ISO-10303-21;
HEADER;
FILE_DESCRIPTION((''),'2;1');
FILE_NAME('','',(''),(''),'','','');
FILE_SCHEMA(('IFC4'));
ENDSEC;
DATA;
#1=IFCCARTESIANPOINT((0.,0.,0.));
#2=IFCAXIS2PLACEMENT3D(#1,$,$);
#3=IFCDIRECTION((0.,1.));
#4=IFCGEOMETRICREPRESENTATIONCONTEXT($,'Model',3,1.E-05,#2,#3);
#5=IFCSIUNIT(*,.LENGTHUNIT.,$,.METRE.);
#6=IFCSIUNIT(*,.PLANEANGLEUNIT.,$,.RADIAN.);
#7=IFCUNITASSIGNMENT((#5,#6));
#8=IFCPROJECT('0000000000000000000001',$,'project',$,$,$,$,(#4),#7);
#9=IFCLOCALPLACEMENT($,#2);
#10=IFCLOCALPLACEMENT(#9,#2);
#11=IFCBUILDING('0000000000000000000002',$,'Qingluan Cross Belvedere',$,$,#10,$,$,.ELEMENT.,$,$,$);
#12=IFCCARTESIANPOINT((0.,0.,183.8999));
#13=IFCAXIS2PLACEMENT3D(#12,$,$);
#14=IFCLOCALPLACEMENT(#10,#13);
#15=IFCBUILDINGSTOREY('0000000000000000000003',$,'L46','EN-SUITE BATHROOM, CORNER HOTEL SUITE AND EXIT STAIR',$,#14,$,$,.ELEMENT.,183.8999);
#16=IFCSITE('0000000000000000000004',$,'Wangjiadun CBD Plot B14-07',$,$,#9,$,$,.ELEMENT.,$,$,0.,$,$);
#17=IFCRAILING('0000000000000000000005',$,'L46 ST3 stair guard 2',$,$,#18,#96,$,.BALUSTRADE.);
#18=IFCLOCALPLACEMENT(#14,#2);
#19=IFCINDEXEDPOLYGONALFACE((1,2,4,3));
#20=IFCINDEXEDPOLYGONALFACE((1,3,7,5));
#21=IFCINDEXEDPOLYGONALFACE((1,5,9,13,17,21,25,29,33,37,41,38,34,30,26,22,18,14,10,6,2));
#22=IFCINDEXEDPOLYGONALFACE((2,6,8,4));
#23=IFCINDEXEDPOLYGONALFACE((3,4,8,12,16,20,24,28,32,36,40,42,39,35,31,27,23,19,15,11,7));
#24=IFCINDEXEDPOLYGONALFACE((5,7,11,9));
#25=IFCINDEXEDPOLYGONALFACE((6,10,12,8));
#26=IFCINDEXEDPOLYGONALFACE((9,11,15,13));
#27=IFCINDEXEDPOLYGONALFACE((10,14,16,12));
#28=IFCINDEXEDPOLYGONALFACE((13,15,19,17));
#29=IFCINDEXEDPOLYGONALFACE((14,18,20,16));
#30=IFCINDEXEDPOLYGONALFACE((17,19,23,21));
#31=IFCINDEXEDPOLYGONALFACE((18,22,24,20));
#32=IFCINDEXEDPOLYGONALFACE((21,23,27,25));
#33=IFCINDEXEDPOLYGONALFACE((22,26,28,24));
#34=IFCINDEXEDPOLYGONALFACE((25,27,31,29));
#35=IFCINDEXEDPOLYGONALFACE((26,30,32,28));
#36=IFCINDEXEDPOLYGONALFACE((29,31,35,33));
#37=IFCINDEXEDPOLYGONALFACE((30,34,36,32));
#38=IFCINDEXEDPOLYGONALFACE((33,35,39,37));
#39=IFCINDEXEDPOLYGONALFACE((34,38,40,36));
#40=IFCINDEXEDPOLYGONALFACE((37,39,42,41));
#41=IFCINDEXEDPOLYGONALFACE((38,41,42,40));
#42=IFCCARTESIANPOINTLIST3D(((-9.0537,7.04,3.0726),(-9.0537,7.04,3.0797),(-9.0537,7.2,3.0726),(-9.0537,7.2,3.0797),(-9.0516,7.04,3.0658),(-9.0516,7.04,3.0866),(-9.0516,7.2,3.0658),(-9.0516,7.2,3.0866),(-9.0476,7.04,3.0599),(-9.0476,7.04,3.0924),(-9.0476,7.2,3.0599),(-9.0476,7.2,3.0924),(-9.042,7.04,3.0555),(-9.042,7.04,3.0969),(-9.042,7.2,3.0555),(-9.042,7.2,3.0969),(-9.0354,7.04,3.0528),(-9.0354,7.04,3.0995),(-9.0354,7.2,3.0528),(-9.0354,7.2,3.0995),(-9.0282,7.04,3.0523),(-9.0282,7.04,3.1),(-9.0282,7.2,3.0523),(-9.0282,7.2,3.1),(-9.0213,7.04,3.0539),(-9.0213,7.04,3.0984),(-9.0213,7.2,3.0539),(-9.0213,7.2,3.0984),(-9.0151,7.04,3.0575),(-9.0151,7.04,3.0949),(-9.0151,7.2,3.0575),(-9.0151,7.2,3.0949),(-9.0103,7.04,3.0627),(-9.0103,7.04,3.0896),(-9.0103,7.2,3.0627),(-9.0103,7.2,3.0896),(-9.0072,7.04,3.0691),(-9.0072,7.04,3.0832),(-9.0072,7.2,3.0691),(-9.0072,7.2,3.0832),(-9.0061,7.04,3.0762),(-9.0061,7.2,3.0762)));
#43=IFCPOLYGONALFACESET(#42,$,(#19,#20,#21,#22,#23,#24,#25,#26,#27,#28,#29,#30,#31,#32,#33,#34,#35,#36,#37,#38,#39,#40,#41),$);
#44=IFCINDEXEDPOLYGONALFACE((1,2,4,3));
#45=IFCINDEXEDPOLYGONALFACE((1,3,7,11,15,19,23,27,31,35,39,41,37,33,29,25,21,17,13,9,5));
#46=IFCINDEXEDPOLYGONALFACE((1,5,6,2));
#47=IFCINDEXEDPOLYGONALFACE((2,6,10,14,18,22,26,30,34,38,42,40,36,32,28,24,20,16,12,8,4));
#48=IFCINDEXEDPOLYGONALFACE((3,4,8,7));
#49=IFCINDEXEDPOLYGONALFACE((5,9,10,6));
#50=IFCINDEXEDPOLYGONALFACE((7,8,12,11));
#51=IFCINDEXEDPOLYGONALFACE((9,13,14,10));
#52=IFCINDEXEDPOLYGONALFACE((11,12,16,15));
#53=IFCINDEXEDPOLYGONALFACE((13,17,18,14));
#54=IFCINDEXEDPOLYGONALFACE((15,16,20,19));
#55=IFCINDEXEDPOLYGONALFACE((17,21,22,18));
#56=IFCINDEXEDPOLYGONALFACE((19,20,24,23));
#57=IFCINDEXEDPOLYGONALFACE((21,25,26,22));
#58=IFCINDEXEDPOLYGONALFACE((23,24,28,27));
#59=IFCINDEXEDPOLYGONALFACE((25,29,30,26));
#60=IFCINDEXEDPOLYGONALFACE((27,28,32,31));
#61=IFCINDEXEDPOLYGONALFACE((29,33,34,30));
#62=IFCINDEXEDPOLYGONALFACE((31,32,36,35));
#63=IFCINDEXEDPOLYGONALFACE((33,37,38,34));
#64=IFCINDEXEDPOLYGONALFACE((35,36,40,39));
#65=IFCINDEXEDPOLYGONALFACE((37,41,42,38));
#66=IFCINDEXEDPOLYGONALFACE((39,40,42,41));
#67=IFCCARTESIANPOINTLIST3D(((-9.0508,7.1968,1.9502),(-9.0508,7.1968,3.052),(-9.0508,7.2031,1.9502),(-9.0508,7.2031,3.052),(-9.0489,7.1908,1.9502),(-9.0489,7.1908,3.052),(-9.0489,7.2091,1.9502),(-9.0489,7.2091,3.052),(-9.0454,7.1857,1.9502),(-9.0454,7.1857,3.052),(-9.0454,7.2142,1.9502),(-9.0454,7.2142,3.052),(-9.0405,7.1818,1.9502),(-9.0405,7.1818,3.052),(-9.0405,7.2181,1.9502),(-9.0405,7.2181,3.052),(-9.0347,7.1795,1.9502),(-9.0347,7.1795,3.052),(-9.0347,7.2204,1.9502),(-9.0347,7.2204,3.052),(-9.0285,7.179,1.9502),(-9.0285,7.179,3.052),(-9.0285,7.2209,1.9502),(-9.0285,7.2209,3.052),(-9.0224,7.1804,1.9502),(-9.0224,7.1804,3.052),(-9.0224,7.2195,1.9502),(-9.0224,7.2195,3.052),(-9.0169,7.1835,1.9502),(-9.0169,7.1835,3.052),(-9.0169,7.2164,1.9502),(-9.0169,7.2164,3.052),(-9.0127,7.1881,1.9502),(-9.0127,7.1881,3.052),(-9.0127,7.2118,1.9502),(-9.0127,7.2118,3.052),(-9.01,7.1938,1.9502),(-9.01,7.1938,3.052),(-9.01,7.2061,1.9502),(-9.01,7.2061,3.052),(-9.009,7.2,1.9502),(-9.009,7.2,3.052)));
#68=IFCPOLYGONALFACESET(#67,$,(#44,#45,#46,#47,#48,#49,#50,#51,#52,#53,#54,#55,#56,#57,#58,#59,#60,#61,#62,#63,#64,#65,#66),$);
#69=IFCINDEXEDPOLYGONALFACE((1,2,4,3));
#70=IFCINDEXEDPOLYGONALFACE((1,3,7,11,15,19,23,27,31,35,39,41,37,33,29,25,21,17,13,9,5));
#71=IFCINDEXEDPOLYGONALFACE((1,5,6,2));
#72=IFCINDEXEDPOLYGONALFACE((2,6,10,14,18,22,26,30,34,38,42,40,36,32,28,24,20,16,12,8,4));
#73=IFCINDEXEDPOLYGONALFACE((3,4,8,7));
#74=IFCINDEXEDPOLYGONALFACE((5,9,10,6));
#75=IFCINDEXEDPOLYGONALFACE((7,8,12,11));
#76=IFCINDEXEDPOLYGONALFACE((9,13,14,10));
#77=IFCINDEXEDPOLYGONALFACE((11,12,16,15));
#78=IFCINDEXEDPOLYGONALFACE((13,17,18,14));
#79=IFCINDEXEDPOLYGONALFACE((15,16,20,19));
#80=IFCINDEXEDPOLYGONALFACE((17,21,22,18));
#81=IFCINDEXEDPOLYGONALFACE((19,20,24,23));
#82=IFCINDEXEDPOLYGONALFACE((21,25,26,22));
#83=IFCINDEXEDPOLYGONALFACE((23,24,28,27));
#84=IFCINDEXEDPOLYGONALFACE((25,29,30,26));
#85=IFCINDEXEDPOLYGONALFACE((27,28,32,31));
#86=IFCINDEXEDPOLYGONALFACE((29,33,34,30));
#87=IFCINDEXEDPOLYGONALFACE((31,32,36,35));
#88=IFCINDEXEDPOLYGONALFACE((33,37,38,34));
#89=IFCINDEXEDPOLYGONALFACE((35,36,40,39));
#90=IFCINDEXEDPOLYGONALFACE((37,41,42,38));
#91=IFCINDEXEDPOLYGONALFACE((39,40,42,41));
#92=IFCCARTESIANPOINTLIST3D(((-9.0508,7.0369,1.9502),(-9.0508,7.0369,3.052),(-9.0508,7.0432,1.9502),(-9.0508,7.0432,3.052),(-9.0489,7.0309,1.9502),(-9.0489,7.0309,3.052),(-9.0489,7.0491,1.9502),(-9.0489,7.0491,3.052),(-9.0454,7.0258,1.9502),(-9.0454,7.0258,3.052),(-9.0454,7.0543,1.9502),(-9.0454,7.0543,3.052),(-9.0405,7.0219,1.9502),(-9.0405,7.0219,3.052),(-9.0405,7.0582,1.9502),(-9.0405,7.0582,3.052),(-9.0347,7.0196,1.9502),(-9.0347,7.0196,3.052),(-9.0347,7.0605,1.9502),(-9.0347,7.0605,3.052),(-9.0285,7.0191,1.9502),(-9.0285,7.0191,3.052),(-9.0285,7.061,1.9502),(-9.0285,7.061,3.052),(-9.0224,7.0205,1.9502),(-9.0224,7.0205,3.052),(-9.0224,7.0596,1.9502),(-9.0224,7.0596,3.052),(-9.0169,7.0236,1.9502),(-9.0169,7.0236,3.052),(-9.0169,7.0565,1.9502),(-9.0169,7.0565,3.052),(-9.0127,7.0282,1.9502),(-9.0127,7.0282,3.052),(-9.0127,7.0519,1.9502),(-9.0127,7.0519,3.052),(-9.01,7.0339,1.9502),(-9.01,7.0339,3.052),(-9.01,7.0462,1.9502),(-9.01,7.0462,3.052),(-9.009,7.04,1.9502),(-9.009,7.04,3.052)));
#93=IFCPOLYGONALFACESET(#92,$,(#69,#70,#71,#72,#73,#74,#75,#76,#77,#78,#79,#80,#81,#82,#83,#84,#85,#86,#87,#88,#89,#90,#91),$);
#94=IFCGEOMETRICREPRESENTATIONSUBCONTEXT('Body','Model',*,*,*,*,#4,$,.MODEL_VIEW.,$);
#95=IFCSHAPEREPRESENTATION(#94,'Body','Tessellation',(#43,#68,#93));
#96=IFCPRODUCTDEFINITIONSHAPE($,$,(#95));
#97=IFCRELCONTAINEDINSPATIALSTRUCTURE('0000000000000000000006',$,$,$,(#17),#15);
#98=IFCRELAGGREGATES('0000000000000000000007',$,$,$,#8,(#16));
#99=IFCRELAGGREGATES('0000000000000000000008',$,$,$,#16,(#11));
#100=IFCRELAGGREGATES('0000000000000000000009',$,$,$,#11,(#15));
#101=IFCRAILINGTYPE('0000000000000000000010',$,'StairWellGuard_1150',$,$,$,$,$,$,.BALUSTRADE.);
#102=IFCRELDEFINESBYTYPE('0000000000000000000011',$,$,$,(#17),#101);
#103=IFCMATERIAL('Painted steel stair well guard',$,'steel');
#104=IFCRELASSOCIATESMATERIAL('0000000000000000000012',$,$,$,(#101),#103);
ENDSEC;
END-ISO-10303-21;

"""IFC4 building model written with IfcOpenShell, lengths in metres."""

from ifc_helpers import new_model, si_unit, direction, frame, origin, origin_2d, place, context, subcontext, project, spatial, circle, extrude, material, type_object, element, save


model = new_model("IFC4")

# Units and contexts
model_context = context("Model", 3, precision=1e-05, world=origin(), true_north=direction((0.0, 1.0)))
body_context = subcontext(model_context, "Body", "Model", "MODEL_VIEW")
ifc_project = project(units=[si_unit("LENGTHUNIT", "METRE"), si_unit("PLANEANGLEUNIT", "RADIAN")], contexts=[model_context])

# Site, building, storey
site_placement = place(None, origin())
site = spatial("IfcSite", under=ifc_project, at=site_placement, Name="Wangjiadun CBD Plot B14-07", CompositionType="ELEMENT", RefElevation=0.0)
building_placement = place(site_placement, origin())
building = spatial("IfcBuilding", under=site, at=building_placement, Name="Qingluan Cross Belvedere", CompositionType="ELEMENT")
storey_placement = place(building_placement, frame((0.0, 0.0, 183.8999)))
storey = spatial("IfcBuildingStorey", under=building, at=storey_placement, Name="L46", Description="EN-SUITE BATHROOM, CORNER HOTEL SUITE AND EXIT STAIR", CompositionType="ELEMENT", Elevation=183.8999)

# Railing
ifc_material_1 = material(Name="Painted steel stair well guard", Category="steel")
railing_type_1 = type_object("IfcRailingType", Name="StairWellGuard_1150", PredefinedType="BALUSTRADE", material=ifc_material_1)
railing_1_placement = place(storey_placement, frame((-9.03, 7.2, 1.9502)))
element("IfcRailing", 1, at=railing_1_placement, inside=storey, type_object=railing_type_1, Name="L46 ST3 stair guard 2", PredefinedType="BALUSTRADE", context=body_context, shape_type="SweptSolid", body=[
    extrude(circle(Radius=0.0239, at=origin_2d()), frame((0.0, 0.0, 1.126), z_axis=(0.0, -1.0, 0.0), x_axis=(1.0, 0.0, 0.0)), (0.0, 0.0, 1.0), 0.1599),
    extrude(circle(Radius=0.021, at=origin_2d()), origin(), (0.0, 0.0, 1.0), 1.1018),
    extrude(circle(Radius=0.021, at=origin_2d()), frame((0.0, -0.1599, 0.0)), (0.0, 0.0, 1.0), 1.1018),
])

save(model, "model.ifc")
